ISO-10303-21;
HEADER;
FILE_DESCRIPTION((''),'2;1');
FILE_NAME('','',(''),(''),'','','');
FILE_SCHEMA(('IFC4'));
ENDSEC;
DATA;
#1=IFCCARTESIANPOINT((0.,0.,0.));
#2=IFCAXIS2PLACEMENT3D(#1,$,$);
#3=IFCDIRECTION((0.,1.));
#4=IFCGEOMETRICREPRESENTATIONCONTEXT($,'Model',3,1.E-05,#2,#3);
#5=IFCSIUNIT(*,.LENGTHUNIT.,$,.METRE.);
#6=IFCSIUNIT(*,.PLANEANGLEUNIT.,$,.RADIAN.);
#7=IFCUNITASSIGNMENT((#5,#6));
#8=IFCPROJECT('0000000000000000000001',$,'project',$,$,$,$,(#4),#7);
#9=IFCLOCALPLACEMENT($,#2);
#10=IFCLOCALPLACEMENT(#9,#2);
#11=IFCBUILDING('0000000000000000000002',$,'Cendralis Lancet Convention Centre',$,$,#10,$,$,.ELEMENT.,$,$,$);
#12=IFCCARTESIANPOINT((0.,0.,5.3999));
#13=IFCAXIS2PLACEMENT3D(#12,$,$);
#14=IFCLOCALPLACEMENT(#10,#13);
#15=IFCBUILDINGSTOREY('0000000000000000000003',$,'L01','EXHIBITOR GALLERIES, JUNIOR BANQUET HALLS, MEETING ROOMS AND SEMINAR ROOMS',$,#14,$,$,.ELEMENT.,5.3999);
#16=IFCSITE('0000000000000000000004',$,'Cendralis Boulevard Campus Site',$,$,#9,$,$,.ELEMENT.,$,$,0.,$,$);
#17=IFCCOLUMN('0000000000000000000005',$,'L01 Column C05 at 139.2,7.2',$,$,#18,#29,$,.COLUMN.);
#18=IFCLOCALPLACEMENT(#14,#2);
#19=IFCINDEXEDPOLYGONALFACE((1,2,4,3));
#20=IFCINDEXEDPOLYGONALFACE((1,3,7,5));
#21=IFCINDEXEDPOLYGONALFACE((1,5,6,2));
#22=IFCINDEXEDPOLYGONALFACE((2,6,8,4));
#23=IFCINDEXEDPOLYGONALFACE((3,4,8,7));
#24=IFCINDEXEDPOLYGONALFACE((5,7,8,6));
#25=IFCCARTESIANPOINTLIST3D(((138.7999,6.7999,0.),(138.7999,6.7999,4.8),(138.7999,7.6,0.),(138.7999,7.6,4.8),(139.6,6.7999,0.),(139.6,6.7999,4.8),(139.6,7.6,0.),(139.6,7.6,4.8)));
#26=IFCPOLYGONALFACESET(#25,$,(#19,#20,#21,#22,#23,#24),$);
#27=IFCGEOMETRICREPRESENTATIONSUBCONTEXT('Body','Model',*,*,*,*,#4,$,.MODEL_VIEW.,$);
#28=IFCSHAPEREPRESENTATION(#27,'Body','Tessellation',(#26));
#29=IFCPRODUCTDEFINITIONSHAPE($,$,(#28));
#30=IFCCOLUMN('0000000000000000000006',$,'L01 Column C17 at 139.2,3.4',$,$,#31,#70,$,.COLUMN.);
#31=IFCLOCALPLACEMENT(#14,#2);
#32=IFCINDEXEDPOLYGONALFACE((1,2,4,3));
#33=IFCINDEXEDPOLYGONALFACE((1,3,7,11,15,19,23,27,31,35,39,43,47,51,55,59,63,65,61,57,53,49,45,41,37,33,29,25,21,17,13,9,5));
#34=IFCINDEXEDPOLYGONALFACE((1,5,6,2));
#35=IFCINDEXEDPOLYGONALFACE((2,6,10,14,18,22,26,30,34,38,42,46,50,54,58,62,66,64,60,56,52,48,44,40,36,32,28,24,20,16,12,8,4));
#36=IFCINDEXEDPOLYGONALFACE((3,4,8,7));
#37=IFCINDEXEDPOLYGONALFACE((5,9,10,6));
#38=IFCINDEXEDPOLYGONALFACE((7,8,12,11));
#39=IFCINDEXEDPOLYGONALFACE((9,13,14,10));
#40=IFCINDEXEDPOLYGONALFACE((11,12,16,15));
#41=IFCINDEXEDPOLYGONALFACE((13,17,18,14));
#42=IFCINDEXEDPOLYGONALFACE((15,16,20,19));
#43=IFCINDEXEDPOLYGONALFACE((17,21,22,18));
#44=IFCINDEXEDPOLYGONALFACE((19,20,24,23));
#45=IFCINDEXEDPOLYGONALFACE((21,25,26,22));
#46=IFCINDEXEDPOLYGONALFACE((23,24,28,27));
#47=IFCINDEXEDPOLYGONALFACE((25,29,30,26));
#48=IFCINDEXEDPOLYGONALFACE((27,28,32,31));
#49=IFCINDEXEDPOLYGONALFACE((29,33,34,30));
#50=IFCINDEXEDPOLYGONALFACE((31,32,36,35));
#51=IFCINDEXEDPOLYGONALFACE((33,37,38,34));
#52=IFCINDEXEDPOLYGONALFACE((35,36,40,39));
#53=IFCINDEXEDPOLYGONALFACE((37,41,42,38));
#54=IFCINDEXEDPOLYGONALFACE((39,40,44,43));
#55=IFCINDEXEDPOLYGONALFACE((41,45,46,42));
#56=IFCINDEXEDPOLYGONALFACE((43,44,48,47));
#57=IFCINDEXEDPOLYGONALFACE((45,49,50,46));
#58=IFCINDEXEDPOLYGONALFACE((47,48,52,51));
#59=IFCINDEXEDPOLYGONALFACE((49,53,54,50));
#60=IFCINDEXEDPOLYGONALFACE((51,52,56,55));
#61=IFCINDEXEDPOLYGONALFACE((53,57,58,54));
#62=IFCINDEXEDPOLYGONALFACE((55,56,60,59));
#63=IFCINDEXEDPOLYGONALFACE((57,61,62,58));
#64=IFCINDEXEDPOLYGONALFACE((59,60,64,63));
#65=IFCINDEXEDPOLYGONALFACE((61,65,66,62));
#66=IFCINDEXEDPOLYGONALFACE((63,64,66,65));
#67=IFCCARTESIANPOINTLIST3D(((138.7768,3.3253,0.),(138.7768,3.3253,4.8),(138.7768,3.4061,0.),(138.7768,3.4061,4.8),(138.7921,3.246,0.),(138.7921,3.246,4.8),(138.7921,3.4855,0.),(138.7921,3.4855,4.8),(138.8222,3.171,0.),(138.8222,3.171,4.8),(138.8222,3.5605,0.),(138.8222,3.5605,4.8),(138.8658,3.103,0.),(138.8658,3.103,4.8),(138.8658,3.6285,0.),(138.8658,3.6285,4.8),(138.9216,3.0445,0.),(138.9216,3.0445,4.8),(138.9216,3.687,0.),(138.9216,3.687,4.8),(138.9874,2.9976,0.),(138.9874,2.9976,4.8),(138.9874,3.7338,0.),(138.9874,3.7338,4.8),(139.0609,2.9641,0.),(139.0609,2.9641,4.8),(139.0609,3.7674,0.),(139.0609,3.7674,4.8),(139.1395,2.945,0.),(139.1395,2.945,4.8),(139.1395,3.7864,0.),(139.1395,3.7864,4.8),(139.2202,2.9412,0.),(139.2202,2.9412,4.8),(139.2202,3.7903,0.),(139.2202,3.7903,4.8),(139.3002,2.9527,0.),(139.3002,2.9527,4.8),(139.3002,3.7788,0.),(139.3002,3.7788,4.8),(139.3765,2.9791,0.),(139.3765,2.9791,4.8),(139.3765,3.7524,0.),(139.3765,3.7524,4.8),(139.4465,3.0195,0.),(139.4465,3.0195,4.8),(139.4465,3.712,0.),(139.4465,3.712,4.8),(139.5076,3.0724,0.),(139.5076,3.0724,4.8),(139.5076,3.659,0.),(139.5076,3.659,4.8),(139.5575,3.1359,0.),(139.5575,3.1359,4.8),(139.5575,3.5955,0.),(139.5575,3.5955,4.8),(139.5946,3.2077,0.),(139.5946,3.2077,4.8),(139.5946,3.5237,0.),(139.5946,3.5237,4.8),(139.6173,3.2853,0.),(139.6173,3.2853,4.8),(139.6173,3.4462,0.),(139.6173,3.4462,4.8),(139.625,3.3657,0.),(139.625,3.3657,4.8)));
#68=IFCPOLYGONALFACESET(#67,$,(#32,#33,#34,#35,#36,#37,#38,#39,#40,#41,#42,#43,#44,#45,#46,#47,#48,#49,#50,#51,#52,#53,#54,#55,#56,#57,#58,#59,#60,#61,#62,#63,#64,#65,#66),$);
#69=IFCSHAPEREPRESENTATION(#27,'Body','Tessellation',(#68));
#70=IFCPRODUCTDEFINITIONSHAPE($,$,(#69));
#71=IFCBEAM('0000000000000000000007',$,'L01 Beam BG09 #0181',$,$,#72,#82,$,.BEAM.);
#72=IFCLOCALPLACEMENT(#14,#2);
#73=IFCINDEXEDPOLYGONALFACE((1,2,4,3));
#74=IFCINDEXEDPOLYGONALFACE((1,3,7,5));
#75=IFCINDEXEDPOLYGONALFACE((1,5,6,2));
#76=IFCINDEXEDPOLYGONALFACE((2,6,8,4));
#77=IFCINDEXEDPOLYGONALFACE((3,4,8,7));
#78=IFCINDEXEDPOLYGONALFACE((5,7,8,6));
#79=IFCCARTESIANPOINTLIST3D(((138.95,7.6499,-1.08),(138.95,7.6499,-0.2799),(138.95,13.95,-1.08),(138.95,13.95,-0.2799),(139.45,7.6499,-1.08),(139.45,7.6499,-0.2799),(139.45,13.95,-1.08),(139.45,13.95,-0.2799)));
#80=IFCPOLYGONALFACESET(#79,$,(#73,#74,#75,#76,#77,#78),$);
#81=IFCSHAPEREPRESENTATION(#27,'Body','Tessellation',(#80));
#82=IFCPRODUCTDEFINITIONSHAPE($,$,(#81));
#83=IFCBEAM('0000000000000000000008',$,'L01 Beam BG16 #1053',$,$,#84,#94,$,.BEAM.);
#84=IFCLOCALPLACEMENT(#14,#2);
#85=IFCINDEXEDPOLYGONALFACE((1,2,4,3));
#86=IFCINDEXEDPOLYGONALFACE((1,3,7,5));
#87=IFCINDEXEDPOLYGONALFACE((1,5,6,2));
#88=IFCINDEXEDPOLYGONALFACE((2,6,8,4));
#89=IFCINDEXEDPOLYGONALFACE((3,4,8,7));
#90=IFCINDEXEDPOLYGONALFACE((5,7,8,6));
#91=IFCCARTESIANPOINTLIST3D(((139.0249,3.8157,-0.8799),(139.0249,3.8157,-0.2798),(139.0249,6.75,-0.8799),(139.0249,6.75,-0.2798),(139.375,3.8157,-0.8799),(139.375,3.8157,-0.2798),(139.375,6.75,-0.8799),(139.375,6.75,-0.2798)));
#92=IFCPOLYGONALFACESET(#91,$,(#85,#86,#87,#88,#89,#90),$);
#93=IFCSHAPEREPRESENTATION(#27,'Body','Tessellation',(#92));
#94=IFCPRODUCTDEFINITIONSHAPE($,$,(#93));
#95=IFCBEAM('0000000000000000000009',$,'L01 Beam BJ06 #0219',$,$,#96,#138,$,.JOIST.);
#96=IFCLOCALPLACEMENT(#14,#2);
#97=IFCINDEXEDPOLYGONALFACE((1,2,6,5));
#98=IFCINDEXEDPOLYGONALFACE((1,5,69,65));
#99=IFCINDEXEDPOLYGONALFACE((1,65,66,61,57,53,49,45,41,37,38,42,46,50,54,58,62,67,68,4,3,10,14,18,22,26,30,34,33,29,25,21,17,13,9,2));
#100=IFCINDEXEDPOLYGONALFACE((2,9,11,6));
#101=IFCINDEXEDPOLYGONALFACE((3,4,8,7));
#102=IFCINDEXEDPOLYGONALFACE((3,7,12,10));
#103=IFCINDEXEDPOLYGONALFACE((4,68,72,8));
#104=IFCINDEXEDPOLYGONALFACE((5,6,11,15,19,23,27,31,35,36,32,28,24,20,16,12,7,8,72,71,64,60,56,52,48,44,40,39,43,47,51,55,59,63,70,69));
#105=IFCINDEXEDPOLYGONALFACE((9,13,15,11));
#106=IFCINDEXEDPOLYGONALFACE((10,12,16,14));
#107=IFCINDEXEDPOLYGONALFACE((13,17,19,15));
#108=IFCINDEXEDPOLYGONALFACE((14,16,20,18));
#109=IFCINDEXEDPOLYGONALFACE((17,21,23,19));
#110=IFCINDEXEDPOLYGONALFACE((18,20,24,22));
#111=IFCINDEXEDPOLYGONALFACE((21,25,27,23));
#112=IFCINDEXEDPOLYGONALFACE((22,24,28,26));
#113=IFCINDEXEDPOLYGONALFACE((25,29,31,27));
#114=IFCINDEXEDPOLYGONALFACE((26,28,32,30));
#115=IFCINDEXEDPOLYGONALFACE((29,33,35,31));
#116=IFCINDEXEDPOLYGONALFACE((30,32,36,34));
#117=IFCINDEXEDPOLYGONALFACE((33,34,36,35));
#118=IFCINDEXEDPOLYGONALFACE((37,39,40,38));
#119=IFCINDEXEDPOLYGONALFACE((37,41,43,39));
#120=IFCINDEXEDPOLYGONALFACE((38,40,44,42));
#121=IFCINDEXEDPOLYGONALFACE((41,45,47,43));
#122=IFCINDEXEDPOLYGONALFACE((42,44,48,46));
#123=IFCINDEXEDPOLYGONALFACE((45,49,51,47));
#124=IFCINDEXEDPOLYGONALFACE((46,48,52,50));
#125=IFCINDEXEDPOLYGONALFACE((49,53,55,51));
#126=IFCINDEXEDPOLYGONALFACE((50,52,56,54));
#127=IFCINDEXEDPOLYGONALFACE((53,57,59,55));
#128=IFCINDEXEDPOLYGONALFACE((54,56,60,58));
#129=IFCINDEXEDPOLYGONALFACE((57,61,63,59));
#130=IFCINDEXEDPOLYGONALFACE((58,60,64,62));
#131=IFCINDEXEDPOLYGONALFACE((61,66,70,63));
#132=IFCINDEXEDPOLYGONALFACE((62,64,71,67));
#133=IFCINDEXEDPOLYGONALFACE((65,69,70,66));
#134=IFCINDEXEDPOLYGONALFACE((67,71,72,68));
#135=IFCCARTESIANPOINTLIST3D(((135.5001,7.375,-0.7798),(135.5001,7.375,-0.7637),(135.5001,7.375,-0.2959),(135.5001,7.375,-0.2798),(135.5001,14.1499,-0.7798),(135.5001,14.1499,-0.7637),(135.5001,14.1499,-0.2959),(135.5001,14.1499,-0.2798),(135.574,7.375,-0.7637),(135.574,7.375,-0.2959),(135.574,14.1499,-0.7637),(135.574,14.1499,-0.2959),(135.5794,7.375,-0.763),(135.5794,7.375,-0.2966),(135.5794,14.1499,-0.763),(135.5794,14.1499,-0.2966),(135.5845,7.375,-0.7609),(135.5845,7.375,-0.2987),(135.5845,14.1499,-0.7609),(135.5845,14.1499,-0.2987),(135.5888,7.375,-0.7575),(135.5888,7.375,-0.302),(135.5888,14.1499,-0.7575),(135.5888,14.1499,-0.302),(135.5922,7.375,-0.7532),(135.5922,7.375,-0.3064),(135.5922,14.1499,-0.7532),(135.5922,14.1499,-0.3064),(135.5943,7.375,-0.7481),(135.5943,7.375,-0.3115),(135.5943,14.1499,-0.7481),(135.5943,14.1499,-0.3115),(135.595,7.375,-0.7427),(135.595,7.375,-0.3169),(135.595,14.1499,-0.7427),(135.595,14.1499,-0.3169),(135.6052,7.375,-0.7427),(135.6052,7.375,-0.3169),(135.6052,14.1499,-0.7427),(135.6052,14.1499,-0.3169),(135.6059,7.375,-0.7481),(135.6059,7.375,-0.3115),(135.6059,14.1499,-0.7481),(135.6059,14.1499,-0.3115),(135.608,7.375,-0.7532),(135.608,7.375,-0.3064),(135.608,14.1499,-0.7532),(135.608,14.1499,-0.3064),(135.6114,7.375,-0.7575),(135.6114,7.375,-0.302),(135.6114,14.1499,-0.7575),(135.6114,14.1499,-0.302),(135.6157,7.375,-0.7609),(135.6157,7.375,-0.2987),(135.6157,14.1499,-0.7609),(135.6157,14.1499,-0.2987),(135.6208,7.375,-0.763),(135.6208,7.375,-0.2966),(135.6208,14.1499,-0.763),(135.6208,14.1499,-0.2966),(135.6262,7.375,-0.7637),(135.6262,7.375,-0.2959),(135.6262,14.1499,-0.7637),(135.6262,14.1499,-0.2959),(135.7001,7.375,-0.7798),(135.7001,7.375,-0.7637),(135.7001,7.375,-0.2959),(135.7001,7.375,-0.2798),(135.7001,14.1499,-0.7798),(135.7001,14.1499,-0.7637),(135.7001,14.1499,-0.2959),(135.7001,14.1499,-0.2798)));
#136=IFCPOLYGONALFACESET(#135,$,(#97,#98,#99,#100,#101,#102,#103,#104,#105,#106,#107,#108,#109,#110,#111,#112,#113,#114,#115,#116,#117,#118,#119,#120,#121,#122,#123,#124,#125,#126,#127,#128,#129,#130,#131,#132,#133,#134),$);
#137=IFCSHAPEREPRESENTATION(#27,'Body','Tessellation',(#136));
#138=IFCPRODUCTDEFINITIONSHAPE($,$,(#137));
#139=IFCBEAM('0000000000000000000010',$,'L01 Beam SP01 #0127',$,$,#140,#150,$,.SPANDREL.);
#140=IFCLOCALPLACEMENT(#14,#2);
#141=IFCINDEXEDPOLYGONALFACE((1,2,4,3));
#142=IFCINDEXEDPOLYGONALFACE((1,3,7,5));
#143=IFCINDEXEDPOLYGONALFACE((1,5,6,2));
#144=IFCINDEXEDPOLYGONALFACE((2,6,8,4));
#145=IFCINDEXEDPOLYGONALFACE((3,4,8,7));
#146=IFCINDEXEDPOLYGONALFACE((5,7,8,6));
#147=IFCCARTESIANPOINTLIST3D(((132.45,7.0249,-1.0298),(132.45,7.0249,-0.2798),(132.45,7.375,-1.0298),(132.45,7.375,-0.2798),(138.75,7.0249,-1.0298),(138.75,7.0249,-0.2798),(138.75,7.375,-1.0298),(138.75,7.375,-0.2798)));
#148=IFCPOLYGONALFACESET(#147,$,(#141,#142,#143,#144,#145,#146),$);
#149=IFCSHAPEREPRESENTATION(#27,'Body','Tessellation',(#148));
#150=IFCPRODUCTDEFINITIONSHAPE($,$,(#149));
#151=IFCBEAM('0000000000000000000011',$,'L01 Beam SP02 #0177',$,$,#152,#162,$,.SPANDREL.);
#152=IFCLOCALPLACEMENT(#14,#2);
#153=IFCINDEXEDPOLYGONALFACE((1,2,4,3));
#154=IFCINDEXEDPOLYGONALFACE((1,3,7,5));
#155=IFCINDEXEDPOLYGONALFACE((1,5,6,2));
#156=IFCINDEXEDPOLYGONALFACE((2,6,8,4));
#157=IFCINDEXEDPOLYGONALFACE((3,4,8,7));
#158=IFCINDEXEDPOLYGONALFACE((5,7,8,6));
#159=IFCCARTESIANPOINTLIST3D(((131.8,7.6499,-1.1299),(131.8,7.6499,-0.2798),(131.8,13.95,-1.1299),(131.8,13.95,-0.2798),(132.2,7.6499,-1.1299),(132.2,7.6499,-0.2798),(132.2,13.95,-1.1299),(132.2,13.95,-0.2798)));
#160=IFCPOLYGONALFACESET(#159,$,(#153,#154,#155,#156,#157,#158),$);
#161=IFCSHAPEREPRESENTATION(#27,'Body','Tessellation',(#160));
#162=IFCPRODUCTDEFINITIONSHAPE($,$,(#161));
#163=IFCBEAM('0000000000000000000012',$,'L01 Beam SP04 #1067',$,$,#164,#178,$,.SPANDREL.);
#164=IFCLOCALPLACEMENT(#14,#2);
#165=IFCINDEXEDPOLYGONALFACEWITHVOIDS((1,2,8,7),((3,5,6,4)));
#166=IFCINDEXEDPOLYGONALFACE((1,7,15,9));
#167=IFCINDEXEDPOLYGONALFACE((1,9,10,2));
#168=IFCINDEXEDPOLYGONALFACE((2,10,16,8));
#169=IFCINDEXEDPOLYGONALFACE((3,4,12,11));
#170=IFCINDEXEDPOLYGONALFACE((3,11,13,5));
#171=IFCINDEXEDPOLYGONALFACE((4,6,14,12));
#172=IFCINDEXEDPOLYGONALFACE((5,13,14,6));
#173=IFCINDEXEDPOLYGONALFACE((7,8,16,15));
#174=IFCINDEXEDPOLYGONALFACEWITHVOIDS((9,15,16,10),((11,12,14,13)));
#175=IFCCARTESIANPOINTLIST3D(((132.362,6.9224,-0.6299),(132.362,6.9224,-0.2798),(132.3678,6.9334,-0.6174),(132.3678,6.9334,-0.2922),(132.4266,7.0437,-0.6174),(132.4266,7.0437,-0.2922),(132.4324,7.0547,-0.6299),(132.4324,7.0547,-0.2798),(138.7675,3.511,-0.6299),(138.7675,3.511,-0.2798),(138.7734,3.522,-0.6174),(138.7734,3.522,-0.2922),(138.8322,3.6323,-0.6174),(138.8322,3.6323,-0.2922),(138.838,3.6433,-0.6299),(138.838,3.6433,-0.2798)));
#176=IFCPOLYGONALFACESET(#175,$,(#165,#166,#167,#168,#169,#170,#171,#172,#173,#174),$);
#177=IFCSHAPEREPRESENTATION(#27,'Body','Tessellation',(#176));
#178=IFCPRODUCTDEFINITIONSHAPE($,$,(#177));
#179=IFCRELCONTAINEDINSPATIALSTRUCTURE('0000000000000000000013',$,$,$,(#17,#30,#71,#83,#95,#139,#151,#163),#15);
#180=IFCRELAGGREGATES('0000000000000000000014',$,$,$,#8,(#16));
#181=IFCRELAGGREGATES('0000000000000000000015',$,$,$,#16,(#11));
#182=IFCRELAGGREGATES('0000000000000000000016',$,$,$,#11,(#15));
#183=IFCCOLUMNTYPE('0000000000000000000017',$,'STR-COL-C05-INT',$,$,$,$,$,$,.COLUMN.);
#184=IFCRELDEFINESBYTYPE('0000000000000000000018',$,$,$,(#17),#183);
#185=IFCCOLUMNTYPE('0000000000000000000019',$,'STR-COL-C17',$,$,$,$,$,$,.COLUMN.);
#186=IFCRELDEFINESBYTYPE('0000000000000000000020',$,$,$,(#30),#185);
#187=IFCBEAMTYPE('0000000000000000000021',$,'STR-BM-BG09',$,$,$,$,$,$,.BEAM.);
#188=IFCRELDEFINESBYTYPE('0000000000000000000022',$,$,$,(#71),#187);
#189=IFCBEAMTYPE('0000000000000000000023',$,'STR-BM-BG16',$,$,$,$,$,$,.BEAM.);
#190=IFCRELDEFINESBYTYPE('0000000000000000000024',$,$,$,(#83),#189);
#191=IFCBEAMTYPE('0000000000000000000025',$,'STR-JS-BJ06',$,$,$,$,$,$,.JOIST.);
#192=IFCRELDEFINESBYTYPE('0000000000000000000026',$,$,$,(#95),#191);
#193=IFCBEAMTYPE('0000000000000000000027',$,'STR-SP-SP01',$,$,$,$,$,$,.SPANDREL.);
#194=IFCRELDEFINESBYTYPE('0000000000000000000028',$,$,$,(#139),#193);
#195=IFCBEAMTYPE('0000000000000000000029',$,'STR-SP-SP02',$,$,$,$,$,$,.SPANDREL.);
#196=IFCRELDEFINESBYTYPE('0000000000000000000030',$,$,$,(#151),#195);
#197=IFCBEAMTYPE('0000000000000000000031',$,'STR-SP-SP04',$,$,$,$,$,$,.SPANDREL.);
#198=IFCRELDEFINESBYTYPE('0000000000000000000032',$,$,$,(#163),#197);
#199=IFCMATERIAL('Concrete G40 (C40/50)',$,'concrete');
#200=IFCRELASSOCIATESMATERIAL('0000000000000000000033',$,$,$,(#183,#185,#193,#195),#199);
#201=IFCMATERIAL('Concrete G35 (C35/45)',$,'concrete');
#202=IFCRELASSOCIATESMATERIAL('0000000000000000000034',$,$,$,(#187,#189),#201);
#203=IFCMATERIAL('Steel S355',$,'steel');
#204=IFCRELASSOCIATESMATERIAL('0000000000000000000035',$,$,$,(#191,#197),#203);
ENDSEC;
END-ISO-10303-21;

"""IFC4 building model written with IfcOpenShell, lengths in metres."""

from ifc_helpers import new_model, si_unit, direction, frame, origin, origin_2d, place, context, subcontext, project, spatial, rectangle, hollow_rectangle, circle, i_section, extrude, material, material_profile, profile_set, type_object, element, save


model = new_model("IFC4")

# Units and contexts
model_context = context("Model", 3, precision=1e-05, world=origin(), true_north=direction((0.0, 1.0)))
body_context = subcontext(model_context, "Body", "Model", "MODEL_VIEW")
ifc_project = project(units=[si_unit("LENGTHUNIT", "METRE"), si_unit("PLANEANGLEUNIT", "RADIAN")], contexts=[model_context])

# Site, building, storey
site_placement = place(None, origin())
site = spatial("IfcSite", under=ifc_project, at=site_placement, Name="Cendralis Boulevard Campus Site", CompositionType="ELEMENT", RefElevation=0.0)
building_placement = place(site_placement, origin())
building = spatial("IfcBuilding", under=site, at=building_placement, Name="Cendralis Lancet Convention Centre", CompositionType="ELEMENT")
storey_placement = place(building_placement, frame((0.0, 0.0, 5.3999)))
storey = spatial("IfcBuildingStorey", under=building, at=storey_placement, Name="L01", Description="EXHIBITOR GALLERIES, JUNIOR BANQUET HALLS, MEETING ROOMS AND SEMINAR ROOMS", CompositionType="ELEMENT", Elevation=5.3999)

# Columns
ifc_material_1 = material(Name="Concrete G40 (C40/50)", Category="concrete")
ifc_material_profile_1 = material_profile(ifc_material_1, rectangle(XDim=0.8, YDim=0.8, at=origin_2d()), Name="RC 800x800")
ifc_profile_set_1 = profile_set([ifc_material_profile_1], Name="Concrete G40 (C40/50)")
column_type_1 = type_object("IfcColumnType", Name="STR-COL-C05-INT", PredefinedType="COLUMN", material=ifc_profile_set_1)
column_1_placement = place(storey_placement, frame((139.2, 7.2, 0.0), z_axis=(0.0, 0.0, 1.0), x_axis=(1.0, 0.0, 0.0)))
element("IfcColumn", 1, at=column_1_placement, inside=storey, type_object=column_type_1, Name="L01 Column C05 at 139.2,7.2", PredefinedType="COLUMN", context=body_context, shape_type="SweptSolid", body=[
    extrude(rectangle(XDim=0.8, YDim=0.8, at=origin_2d()), origin(), (0.0, 0.0, 1.0), 4.8),
])
ifc_material_profile_2 = material_profile(ifc_material_1, circle(Radius=0.425, at=origin_2d()), Name="RC D850")
ifc_profile_set_2 = profile_set([ifc_material_profile_2], Name="Concrete G40 (C40/50)")
column_type_2 = type_object("IfcColumnType", Name="STR-COL-C17", PredefinedType="COLUMN", material=ifc_profile_set_2)
column_2_placement = place(storey_placement, frame((139.2, 3.3657, 0.0), z_axis=(0.0, 0.0, 1.0), x_axis=(1.0, 0.0, 0.0)))
element("IfcColumn", 2, at=column_2_placement, inside=storey, type_object=column_type_2, Name="L01 Column C17 at 139.2,3.4", PredefinedType="COLUMN", context=body_context, shape_type="SweptSolid", body=[
    extrude(circle(Radius=0.425, at=origin_2d()), origin(), (0.0, 0.0, 1.0), 4.8),
])

# Beams
ifc_material_2 = material(Name="Concrete G35 (C35/45)", Category="concrete")
ifc_material_profile_3 = material_profile(ifc_material_2, rectangle(XDim=0.5, YDim=0.8, at=origin_2d()), Name="RCB 500x800")
ifc_profile_set_3 = profile_set([ifc_material_profile_3], Name="Concrete G35 (C35/45)")
beam_type_1 = type_object("IfcBeamType", Name="STR-BM-BG09", PredefinedType="BEAM", material=ifc_profile_set_3)
beam_1_placement = place(storey_placement, frame((139.2, 7.6499, -0.6799), z_axis=(0.0, 1.0, 0.0), x_axis=(-1.0, 0.0, 0.0)))
element("IfcBeam", 3, at=beam_1_placement, inside=storey, type_object=beam_type_1, Name="L01 Beam BG09 #0181", PredefinedType="BEAM", context=body_context, shape_type="SweptSolid", body=[
    extrude(rectangle(XDim=0.5, YDim=0.8, at=origin_2d()), origin(), (0.0, 0.0, 1.0), 6.3),
])
ifc_material_profile_4 = material_profile(ifc_material_2, rectangle(XDim=0.3501, YDim=0.6001, at=origin_2d()), Name="RCB 350x600")
ifc_profile_set_4 = profile_set([ifc_material_profile_4], Name="Concrete G35 (C35/45)")
beam_type_2 = type_object("IfcBeamType", Name="STR-BM-BG16", PredefinedType="BEAM", material=ifc_profile_set_4)
beam_2_placement = place(storey_placement, frame((139.2, 3.8157, -0.5798), z_axis=(0.0, 1.0, 0.0), x_axis=(-1.0, 0.0, 0.0)))
element("IfcBeam", 4, at=beam_2_placement, inside=storey, type_object=beam_type_2, Name="L01 Beam BG16 #1053", PredefinedType="BEAM", context=body_context, shape_type="SweptSolid", body=[
    extrude(rectangle(XDim=0.3501, YDim=0.6001, at=origin_2d()), origin(), (0.0, 0.0, 1.0), 2.9343),
])
ifc_material_3 = material(Name="Steel S355", Category="steel")
ifc_material_profile_5 = material_profile(ifc_material_3, i_section(OverallWidth=0.2, OverallDepth=0.5, WebThickness=0.0103, FlangeThickness=0.0161, FilletRadius=0.021, at=origin_2d()), Name="IPE 500")
ifc_profile_set_5 = profile_set([ifc_material_profile_5], Name="Steel S355")
beam_type_3 = type_object("IfcBeamType", Name="STR-JS-BJ06", PredefinedType="JOIST", material=ifc_profile_set_5)
beam_3_placement = place(storey_placement, frame((135.6001, 7.375, -0.5298), z_axis=(0.0, 1.0, 0.0), x_axis=(-1.0, 0.0, 0.0)))
element("IfcBeam", 5, at=beam_3_placement, inside=storey, type_object=beam_type_3, Name="L01 Beam BJ06 #0219", PredefinedType="JOIST", context=body_context, shape_type="SweptSolid", body=[
    extrude(i_section(OverallWidth=0.2, OverallDepth=0.5, WebThickness=0.0103, FlangeThickness=0.0161, FilletRadius=0.021, at=origin_2d()), origin(), (0.0, 0.0, 1.0), 6.7749),
])
ifc_material_profile_6 = material_profile(ifc_material_1, rectangle(XDim=0.3501, YDim=0.75, at=origin_2d()), Name="RCB 350x750")
ifc_profile_set_6 = profile_set([ifc_material_profile_6], Name="Concrete G40 (C40/50)")
beam_type_4 = type_object("IfcBeamType", Name="STR-SP-SP01", PredefinedType="SPANDREL", material=ifc_profile_set_6)
beam_4_placement = place(storey_placement, frame((132.45, 7.2, -0.6548), z_axis=(1.0, 0.0, 0.0), x_axis=(0.0, 1.0, 0.0)))
element("IfcBeam", 6, at=beam_4_placement, inside=storey, type_object=beam_type_4, Name="L01 Beam SP01 #0127", PredefinedType="SPANDREL", context=body_context, shape_type="SweptSolid", body=[
    extrude(rectangle(XDim=0.3501, YDim=0.75, at=origin_2d()), origin(), (0.0, 0.0, 1.0), 6.3),
])
ifc_material_profile_7 = material_profile(ifc_material_1, rectangle(XDim=0.3999, YDim=0.8501, at=origin_2d()), Name="RCB 400x850")
ifc_profile_set_7 = profile_set([ifc_material_profile_7], Name="Concrete G40 (C40/50)")
beam_type_5 = type_object("IfcBeamType", Name="STR-SP-SP02", PredefinedType="SPANDREL", material=ifc_profile_set_7)
beam_5_placement = place(storey_placement, frame((132.0, 7.6499, -0.7048), z_axis=(0.0, 1.0, 0.0), x_axis=(-1.0, 0.0, 0.0)))
element("IfcBeam", 7, at=beam_5_placement, inside=storey, type_object=beam_type_5, Name="L01 Beam SP02 #0177", PredefinedType="SPANDREL", context=body_context, shape_type="SweptSolid", body=[
    extrude(rectangle(XDim=0.3999, YDim=0.8501, at=origin_2d()), origin(), (0.0, 0.0, 1.0), 6.3),
])
ifc_material_profile_8 = material_profile(ifc_material_3, hollow_rectangle(XDim=0.1499, YDim=0.3501, WallThickness=0.0125, at=origin_2d()), Name="RHS 350x150x12.5")
ifc_profile_set_8 = profile_set([ifc_material_profile_8], Name="Steel S355")
beam_type_6 = type_object("IfcBeamType", Name="STR-SP-SP04", PredefinedType="SPANDREL", material=ifc_profile_set_8)
beam_6_placement = place(storey_placement, frame((132.3972, 6.9885, -0.4548), z_axis=(0.882633, -0.470063, 0.0), x_axis=(0.470063, 0.882633, 0.0)))
element("IfcBeam", 8, at=beam_6_placement, inside=storey, type_object=beam_type_6, Name="L01 Beam SP04 #1067", PredefinedType="SPANDREL", context=body_context, shape_type="SweptSolid", body=[
    extrude(hollow_rectangle(XDim=0.1499, YDim=0.3501, WallThickness=0.0125, at=origin_2d()), origin(), (0.0, 0.0, 1.0), 7.2573),
])

save(model, "model.ifc")
